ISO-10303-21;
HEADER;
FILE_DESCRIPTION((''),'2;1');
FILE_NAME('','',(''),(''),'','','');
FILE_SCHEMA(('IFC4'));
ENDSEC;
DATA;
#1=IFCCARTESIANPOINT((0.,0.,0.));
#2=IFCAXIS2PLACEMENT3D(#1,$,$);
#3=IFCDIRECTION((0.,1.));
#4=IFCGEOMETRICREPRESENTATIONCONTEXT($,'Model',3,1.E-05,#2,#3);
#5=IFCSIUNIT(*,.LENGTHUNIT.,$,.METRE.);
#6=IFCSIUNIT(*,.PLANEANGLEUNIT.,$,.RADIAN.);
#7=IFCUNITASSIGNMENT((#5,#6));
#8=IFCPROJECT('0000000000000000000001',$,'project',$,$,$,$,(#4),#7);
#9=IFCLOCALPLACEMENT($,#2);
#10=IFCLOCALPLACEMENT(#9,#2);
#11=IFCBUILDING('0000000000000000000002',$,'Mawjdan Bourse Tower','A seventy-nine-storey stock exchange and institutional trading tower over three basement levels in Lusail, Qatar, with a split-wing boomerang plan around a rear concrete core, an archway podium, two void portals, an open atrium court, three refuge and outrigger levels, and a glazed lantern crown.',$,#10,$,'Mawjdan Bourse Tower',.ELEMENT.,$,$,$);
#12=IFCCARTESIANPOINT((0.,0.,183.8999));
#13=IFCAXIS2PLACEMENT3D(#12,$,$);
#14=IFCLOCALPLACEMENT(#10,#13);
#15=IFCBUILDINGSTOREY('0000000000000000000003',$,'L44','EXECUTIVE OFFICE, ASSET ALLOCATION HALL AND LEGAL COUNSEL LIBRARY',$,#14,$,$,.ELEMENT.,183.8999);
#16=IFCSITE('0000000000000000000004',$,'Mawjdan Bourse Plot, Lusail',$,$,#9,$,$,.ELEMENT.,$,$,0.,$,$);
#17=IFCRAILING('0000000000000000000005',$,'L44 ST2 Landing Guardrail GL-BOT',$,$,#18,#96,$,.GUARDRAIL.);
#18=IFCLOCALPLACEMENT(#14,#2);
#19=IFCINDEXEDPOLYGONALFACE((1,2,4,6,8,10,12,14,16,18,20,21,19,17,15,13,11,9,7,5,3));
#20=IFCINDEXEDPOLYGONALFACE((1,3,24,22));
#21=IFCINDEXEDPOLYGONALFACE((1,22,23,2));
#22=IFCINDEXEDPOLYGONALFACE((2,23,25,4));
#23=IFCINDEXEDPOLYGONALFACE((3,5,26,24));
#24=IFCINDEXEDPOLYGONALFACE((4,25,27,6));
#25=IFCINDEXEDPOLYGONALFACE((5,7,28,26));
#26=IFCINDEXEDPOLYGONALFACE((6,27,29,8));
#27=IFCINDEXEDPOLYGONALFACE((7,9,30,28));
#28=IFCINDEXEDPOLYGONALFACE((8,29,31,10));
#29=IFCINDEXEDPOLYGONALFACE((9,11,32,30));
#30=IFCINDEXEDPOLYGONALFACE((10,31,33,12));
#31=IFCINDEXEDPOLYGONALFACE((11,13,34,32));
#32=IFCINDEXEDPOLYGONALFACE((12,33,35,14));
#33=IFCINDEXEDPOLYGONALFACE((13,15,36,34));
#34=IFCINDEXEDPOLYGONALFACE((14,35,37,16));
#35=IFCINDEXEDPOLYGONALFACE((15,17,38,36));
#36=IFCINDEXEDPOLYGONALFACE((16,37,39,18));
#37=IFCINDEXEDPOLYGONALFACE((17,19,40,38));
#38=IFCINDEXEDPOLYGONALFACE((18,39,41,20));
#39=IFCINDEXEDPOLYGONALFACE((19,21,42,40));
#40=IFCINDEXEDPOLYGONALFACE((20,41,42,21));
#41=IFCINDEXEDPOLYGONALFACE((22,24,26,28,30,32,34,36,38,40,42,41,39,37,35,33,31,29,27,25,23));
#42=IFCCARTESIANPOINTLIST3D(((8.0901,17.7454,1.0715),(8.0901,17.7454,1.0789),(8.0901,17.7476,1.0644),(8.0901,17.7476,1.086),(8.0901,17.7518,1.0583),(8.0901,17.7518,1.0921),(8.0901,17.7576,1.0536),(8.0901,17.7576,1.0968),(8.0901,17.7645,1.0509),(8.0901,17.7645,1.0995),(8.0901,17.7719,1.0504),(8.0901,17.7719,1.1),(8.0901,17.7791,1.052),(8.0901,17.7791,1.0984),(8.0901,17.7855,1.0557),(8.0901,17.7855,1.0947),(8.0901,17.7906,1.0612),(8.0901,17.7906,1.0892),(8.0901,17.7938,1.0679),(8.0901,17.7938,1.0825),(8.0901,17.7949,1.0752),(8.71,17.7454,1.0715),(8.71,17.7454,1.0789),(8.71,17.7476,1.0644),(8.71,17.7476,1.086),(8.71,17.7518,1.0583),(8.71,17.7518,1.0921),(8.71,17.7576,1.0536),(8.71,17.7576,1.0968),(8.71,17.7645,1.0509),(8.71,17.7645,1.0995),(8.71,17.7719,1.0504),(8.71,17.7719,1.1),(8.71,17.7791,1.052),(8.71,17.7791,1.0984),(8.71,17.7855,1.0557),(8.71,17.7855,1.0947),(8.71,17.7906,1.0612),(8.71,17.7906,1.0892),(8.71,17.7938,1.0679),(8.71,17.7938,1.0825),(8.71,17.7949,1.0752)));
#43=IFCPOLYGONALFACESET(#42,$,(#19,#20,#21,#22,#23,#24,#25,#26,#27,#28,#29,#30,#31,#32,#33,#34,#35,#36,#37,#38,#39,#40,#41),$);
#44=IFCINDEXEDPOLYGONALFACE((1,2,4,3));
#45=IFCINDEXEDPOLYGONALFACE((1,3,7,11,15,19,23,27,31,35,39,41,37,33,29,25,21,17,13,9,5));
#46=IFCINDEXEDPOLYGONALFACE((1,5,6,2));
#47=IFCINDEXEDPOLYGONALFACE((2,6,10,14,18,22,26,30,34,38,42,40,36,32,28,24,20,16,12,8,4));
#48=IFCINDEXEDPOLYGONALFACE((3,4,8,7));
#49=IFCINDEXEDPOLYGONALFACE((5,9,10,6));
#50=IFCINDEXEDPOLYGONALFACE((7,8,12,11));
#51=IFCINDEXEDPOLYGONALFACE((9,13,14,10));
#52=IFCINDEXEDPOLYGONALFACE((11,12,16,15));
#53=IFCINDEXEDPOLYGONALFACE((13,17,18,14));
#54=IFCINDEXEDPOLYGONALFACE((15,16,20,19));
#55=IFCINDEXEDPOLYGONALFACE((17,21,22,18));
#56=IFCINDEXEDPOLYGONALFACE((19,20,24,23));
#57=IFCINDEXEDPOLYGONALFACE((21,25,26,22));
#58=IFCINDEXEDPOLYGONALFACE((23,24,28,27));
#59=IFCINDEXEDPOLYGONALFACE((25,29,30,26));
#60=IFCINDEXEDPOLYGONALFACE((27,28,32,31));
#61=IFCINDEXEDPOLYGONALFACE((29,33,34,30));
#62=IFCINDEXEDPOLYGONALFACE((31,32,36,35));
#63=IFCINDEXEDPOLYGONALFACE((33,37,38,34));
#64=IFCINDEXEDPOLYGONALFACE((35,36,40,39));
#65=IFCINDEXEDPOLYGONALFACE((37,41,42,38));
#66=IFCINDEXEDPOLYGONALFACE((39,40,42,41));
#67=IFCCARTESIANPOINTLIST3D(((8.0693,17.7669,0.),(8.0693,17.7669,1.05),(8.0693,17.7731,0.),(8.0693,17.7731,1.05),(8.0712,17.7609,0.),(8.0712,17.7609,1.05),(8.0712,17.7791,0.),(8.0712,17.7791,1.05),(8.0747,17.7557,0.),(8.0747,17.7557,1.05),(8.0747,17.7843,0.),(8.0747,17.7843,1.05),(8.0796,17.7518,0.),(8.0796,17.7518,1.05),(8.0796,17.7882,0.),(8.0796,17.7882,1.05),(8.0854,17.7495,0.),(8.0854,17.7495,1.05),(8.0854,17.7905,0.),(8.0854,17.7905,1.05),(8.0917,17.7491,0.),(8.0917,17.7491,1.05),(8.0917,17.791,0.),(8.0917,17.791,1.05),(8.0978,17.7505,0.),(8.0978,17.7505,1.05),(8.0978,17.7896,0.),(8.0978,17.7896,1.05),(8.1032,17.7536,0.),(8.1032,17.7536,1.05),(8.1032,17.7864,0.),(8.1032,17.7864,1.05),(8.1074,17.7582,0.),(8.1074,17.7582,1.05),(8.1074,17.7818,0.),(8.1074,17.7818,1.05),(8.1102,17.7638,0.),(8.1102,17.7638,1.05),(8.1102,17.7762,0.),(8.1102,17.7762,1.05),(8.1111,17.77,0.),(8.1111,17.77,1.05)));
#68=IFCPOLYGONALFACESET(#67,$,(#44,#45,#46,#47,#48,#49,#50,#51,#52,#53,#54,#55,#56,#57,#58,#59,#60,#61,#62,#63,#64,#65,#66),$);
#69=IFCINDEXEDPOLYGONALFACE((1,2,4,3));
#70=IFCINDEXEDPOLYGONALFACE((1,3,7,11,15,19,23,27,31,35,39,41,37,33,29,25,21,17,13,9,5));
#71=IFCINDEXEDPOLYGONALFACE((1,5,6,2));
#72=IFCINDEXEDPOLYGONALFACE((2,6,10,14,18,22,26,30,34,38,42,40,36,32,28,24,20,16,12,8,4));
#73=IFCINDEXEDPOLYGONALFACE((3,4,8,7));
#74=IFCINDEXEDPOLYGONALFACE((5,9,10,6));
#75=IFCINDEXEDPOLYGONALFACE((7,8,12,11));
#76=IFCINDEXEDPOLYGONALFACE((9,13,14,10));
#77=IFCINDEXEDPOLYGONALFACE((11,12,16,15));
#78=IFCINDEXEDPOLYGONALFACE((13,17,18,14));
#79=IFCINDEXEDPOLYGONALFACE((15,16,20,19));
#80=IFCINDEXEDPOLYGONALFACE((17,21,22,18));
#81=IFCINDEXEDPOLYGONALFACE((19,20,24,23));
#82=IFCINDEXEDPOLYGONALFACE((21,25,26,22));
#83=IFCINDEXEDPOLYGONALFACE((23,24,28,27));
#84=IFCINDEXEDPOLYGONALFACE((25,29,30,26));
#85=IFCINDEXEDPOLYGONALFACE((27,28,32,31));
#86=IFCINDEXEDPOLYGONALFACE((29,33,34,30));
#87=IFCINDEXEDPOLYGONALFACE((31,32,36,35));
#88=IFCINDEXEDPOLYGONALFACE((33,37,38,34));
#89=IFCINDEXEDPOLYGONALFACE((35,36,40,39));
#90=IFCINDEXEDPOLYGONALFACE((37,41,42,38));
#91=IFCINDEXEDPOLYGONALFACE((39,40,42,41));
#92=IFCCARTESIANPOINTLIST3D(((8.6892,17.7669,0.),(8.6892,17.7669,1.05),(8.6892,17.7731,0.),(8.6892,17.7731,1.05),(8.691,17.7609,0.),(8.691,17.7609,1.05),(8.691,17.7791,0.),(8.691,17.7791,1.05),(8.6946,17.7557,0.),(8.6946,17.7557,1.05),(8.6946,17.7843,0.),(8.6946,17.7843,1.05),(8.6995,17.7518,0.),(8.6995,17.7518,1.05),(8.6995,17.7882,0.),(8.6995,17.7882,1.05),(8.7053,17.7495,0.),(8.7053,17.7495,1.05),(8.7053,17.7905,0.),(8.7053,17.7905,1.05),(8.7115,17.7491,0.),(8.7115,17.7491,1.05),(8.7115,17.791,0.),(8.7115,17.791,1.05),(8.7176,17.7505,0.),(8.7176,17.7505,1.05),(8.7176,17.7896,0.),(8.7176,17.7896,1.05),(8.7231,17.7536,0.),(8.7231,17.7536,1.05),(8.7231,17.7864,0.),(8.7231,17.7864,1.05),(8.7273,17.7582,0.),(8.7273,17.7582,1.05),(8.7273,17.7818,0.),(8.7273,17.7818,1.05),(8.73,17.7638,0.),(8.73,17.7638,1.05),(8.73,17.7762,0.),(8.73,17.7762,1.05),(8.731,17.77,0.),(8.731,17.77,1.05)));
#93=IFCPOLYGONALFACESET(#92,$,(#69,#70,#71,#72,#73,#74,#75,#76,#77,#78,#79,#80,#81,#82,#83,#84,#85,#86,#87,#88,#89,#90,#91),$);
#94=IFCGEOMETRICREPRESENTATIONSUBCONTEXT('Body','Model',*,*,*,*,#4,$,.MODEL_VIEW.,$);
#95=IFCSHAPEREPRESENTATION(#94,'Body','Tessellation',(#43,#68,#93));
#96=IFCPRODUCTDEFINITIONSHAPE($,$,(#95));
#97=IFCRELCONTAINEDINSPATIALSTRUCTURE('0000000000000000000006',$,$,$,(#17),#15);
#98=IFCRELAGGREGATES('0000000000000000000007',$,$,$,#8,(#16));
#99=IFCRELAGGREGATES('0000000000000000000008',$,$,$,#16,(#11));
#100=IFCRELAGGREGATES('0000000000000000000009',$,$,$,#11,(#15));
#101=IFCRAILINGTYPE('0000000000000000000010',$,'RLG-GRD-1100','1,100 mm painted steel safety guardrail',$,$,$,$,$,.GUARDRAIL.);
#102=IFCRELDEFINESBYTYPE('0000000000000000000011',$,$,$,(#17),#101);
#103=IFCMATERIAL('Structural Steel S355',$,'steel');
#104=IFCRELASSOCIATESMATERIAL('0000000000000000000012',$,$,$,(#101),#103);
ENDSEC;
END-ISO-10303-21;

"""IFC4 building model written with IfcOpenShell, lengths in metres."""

from ifc_helpers import new_model, si_unit, direction, frame, origin, origin_2d, place, context, subcontext, project, spatial, circle, extrude, material, type_object, element, save


model = new_model("IFC4")

# Units and contexts
model_context = context("Model", 3, precision=1e-05, world=origin(), true_north=direction((0.0, 1.0)))
body_context = subcontext(model_context, "Body", "Model", "MODEL_VIEW")
ifc_project = project(units=[si_unit("LENGTHUNIT", "METRE"), si_unit("PLANEANGLEUNIT", "RADIAN")], contexts=[model_context])

# Site, building, storey
site_placement = place(None, origin())
site = spatial("IfcSite", under=ifc_project, at=site_placement, Name="Mawjdan Bourse Plot, Lusail", CompositionType="ELEMENT", RefElevation=0.0)
building_placement = place(site_placement, origin())
building = spatial("IfcBuilding", under=site, at=building_placement, Name="Mawjdan Bourse Tower", Description="A seventy-nine-storey stock exchange and institutional trading tower over three basement levels in Lusail, Qatar, with a split-wing boomerang plan around a rear concrete core, an archway podium, two void portals, an open atrium court, three refuge and outrigger levels, and a glazed lantern crown.", LongName="Mawjdan Bourse Tower", CompositionType="ELEMENT")
storey_placement = place(building_placement, frame((0.0, 0.0, 183.8999)))
storey = spatial("IfcBuildingStorey", under=building, at=storey_placement, Name="L44", Description="EXECUTIVE OFFICE, ASSET ALLOCATION HALL AND LEGAL COUNSEL LIBRARY", CompositionType="ELEMENT", Elevation=183.8999)

# Shared definitions
ifc_material_1 = material(Name="Structural Steel S355", Category="steel")

# Railing
railing_type_1 = type_object("IfcRailingType", Name="RLG-GRD-1100", Description="1,100 mm painted steel safety guardrail", PredefinedType="GUARDRAIL", material=ifc_material_1)
for number, where, name in (
    (1, (8.0901, 17.77, 0.0), "L44 ST2 Landing Guardrail GL-BOT"),
):
    element("IfcRailing", number, at=place(storey_placement, frame(where)), inside=storey, type_object=railing_type_1, Name=name, PredefinedType="GUARDRAIL", context=body_context, shape_type="SweptSolid", body=[
        extrude(circle(Radius=0.0249, at=origin_2d()), frame((0.0, 0.0, 1.0752), z_axis=(1.0, 0.0, 0.0), x_axis=(0.0, 1.0, 0.0)), (0.0, 0.0, 1.0), 0.6199),
        extrude(circle(Radius=0.021, at=origin_2d()), origin(), (0.0, 0.0, 1.0), 1.05),
        extrude(circle(Radius=0.021, at=origin_2d()), frame((0.6199, 0.0, 0.0)), (0.0, 0.0, 1.0), 1.05),
    ])

save(model, "model.ifc")
